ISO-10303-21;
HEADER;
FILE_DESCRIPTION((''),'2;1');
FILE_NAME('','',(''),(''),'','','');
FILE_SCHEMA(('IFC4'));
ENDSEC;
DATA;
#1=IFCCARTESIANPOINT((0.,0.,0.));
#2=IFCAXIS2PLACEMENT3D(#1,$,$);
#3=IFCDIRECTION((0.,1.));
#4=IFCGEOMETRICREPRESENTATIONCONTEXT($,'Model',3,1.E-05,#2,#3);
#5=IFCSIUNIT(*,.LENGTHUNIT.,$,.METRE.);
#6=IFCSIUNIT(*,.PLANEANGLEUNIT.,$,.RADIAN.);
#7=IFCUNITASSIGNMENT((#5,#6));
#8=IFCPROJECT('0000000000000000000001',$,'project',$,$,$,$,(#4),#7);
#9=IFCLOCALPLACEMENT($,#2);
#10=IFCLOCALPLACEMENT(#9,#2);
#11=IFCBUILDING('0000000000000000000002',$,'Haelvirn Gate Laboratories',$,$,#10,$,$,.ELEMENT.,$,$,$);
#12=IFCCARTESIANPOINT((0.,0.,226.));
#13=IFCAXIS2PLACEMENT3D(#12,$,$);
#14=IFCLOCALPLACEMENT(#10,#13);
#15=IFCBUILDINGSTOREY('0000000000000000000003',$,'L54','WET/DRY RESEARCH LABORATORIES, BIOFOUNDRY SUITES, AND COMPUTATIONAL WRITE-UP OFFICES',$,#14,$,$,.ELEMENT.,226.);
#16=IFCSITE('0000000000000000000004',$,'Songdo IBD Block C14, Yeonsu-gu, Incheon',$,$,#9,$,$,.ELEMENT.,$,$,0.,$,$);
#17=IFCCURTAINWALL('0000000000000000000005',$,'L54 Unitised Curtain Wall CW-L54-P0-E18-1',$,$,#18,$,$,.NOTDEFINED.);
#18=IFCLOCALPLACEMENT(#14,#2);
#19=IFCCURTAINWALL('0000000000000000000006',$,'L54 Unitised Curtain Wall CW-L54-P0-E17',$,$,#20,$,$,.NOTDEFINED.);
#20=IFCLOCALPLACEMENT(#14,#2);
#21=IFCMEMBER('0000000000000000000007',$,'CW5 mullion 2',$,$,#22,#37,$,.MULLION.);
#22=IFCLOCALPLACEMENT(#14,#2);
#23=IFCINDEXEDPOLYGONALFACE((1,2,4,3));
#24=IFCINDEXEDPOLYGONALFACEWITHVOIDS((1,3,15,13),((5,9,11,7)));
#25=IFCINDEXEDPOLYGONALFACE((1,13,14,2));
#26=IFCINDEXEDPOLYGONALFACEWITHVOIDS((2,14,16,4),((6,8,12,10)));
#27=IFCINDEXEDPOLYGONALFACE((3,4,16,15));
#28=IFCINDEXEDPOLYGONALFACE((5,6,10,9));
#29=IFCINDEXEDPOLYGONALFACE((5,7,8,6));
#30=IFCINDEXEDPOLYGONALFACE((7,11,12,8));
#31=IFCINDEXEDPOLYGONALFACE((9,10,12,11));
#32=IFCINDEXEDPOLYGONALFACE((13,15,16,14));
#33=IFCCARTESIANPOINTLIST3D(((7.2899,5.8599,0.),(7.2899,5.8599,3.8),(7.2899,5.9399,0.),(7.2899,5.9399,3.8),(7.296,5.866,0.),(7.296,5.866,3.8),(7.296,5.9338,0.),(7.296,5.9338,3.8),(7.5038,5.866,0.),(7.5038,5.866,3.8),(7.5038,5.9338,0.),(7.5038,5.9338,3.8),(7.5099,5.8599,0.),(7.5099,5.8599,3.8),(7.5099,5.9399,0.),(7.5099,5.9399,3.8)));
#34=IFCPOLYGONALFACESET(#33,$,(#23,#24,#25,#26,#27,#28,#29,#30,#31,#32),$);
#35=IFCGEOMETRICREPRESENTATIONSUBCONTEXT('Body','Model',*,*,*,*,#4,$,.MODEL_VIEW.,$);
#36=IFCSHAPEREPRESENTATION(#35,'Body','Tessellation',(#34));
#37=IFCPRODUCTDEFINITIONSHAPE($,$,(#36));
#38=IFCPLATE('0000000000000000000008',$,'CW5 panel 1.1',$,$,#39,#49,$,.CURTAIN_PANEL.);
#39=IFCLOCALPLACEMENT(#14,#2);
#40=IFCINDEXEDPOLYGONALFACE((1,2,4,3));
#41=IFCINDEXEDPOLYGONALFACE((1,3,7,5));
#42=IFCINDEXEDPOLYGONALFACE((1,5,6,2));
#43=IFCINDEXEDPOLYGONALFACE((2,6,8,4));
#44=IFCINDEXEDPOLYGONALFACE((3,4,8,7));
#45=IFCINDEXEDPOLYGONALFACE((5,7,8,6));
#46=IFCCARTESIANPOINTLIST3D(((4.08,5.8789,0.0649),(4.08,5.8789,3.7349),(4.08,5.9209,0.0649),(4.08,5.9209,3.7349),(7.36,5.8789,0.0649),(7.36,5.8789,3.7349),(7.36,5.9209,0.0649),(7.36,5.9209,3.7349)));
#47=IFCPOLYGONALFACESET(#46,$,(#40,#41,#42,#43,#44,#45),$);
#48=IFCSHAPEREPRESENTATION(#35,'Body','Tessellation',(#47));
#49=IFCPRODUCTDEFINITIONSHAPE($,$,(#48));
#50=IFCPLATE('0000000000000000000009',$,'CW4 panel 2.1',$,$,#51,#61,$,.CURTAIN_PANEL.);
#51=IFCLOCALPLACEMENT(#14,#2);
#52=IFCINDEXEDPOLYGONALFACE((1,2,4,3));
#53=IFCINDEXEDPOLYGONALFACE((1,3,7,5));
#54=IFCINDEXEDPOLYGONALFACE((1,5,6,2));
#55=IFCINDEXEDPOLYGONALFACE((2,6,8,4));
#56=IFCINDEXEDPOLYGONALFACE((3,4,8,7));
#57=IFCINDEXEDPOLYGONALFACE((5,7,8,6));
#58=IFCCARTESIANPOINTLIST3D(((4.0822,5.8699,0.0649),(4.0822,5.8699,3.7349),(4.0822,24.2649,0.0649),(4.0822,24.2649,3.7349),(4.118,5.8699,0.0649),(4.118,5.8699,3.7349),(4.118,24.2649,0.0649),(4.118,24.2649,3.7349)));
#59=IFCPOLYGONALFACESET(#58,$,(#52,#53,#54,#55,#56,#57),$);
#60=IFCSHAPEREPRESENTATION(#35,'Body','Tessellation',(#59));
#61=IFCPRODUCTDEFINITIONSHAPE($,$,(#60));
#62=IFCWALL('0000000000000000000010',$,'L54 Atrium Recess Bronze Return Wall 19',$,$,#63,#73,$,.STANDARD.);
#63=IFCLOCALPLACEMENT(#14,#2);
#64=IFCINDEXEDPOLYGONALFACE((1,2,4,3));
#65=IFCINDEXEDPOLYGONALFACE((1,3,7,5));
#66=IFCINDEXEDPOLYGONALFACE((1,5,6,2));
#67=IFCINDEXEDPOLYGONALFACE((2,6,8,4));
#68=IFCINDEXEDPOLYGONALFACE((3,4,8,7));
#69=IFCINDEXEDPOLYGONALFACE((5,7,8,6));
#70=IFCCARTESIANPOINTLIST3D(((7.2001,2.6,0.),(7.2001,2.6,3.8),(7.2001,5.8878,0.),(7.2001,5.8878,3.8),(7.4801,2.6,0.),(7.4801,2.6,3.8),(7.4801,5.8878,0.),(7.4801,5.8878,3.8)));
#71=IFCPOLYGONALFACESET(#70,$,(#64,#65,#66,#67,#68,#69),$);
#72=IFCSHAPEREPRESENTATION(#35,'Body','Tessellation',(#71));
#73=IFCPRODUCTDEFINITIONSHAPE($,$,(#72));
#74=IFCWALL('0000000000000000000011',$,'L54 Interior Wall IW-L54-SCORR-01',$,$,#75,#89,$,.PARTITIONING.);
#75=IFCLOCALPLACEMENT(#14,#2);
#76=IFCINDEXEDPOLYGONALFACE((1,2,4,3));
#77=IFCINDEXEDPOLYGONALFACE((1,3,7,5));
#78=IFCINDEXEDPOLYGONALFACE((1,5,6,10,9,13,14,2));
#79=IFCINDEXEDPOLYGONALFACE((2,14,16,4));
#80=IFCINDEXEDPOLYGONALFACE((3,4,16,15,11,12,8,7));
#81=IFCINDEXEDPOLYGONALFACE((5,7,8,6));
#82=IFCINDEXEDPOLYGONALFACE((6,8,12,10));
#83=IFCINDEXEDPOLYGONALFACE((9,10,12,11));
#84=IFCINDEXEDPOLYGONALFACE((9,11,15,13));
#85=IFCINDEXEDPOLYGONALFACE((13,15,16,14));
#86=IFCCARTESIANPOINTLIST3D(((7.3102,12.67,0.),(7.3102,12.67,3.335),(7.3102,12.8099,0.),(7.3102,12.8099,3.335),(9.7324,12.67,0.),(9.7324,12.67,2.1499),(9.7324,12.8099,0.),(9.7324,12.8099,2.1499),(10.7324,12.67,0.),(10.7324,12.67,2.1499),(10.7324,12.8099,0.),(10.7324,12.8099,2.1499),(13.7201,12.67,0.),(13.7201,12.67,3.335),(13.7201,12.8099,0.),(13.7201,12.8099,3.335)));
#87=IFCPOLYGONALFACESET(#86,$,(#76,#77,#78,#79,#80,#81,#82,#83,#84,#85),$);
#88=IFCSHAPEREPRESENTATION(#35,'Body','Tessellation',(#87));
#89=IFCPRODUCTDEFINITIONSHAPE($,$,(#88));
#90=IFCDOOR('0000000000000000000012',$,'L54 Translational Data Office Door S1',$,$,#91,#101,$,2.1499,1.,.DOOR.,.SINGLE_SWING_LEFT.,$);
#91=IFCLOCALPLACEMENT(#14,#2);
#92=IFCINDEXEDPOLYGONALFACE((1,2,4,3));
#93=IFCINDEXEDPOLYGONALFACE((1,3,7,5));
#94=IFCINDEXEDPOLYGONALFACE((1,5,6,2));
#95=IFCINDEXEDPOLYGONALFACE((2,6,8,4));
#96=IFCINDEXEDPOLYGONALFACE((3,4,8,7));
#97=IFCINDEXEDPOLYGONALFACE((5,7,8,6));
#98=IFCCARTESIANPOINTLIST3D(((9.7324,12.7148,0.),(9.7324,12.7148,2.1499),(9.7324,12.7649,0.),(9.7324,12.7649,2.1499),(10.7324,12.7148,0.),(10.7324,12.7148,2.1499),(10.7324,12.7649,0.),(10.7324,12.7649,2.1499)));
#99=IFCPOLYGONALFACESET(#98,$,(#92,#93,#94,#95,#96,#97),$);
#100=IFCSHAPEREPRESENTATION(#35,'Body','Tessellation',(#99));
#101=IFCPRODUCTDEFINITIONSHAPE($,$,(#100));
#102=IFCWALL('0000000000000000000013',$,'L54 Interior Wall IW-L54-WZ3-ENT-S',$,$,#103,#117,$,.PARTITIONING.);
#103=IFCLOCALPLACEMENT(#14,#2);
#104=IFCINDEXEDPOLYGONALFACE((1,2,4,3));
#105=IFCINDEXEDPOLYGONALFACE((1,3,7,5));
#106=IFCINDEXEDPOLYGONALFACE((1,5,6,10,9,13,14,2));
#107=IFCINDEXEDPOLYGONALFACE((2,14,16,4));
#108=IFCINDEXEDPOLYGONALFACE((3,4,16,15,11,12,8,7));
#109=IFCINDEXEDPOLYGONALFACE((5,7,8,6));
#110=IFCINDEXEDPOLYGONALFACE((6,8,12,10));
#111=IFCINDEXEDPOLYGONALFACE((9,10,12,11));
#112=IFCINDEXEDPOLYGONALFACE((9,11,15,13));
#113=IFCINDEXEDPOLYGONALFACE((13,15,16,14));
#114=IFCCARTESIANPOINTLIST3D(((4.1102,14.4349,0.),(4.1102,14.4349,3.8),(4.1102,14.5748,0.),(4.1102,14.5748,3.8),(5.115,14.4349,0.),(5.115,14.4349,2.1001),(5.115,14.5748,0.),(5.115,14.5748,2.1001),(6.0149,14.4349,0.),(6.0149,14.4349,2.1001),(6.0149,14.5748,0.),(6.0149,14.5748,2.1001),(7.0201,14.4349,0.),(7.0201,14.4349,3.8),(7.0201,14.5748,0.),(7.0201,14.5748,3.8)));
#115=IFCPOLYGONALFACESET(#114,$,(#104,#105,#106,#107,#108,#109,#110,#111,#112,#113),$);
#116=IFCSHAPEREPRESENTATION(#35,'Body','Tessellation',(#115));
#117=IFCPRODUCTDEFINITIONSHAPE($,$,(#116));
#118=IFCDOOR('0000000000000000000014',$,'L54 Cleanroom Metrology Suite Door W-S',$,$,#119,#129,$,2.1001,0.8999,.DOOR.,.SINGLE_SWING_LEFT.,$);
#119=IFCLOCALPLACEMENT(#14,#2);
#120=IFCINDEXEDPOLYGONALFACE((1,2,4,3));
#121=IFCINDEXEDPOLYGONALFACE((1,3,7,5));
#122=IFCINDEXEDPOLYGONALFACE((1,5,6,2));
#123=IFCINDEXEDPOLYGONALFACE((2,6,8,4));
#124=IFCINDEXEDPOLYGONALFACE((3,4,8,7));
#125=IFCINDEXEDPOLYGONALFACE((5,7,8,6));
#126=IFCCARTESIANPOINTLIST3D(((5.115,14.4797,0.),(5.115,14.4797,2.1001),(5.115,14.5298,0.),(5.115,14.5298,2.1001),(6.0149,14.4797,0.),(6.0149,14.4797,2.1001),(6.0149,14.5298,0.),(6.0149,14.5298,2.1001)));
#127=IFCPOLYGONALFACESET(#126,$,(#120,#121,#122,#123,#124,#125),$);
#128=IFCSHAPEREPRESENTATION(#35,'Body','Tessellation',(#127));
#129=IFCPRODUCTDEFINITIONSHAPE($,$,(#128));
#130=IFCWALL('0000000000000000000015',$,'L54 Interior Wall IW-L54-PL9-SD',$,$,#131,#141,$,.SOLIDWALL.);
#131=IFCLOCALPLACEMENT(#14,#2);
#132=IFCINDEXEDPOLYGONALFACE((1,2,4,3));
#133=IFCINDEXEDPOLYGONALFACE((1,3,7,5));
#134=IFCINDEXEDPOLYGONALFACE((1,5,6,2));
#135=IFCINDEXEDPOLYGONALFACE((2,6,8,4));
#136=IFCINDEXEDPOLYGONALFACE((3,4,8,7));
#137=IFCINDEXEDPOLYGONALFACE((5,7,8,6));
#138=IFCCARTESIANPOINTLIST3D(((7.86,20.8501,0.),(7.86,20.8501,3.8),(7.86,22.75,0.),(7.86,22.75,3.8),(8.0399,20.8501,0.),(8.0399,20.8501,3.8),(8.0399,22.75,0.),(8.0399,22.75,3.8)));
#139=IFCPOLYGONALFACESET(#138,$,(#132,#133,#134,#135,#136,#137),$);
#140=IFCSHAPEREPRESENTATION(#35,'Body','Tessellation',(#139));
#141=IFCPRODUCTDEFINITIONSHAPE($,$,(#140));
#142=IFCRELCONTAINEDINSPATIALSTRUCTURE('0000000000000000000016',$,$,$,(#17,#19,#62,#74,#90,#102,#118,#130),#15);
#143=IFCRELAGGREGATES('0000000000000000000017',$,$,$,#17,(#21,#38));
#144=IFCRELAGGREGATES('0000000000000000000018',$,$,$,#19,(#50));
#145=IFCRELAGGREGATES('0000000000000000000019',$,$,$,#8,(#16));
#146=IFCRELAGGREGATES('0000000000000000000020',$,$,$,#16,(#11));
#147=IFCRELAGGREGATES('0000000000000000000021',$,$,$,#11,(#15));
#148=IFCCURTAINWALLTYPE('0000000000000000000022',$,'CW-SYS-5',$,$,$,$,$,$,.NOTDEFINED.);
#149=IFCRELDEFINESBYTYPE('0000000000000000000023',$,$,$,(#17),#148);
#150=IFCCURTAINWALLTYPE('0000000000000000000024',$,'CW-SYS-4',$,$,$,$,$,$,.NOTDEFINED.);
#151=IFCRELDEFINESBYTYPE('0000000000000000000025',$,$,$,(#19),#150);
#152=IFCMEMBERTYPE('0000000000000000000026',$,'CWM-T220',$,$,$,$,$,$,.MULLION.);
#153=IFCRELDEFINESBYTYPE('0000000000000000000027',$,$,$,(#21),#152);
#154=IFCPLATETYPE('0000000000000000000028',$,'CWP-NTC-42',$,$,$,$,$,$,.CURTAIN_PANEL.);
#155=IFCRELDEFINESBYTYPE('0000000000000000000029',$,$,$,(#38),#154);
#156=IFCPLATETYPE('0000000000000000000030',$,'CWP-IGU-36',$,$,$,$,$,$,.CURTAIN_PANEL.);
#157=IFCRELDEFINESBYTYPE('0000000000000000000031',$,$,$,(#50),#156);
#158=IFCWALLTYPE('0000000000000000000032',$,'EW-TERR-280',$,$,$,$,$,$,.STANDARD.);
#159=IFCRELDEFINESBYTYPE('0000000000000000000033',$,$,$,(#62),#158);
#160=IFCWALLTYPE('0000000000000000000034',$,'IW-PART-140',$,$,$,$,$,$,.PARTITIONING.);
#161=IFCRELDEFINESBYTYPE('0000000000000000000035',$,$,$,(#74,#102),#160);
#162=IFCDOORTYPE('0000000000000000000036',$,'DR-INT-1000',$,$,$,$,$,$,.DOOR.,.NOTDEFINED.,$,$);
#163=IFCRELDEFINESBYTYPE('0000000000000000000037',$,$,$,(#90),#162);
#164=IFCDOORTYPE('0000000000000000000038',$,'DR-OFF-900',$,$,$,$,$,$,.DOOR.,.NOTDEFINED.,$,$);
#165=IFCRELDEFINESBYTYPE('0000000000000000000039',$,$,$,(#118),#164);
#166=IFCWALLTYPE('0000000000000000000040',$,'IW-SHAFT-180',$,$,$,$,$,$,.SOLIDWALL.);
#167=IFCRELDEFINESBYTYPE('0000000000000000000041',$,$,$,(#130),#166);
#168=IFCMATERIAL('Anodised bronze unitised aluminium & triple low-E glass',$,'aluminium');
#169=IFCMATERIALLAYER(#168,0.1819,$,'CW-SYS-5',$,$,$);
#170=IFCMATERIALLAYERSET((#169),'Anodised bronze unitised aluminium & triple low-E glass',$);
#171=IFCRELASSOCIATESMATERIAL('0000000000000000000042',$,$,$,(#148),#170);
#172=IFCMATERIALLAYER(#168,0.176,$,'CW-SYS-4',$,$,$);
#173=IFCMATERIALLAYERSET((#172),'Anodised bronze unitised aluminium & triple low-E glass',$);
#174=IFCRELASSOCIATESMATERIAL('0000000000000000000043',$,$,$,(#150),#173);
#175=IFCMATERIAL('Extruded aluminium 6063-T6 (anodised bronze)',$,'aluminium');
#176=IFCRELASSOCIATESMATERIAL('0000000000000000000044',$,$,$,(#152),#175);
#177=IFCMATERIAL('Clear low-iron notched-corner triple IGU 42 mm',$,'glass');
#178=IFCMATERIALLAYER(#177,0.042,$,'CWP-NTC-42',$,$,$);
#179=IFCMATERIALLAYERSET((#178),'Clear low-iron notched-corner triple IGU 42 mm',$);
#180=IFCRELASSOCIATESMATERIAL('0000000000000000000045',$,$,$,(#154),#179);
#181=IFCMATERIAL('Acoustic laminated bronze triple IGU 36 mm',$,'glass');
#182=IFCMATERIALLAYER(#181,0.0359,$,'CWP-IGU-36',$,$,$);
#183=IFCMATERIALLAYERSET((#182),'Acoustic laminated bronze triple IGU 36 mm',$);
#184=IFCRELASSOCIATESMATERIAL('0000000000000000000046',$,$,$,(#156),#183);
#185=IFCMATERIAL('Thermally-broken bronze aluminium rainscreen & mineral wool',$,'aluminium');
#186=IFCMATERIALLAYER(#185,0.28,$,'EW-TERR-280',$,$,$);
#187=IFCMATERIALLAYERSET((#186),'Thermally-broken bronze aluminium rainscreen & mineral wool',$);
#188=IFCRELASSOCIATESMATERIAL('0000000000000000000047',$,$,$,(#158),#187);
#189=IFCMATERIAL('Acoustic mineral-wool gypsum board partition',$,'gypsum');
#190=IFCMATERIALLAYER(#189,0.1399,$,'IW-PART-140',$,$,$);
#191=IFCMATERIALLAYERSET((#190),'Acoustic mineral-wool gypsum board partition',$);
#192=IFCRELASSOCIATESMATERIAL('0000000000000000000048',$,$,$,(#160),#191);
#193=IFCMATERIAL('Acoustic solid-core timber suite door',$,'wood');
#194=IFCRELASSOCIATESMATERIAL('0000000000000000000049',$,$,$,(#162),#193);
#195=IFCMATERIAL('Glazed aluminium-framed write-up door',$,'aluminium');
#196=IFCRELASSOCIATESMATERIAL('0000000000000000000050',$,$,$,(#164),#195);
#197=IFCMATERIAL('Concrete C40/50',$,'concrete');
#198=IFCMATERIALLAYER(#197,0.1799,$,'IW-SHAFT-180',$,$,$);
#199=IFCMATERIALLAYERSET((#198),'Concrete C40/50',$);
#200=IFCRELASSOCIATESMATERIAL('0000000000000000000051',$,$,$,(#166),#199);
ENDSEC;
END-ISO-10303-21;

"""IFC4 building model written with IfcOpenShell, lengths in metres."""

from ifc_helpers import new_model, si_unit, direction, frame, frame_2d, origin, origin_2d, place, context, subcontext, project, spatial, rectangle, hollow_rectangle, extrude, source, transform, mapped, material, layer, layer_set, material_profile, profile_set, type_object, type_shapes, element, fill, aggregate, save


model = new_model("IFC4")

# Units and contexts
model_context = context("Model", 3, precision=1e-05, world=origin(), true_north=direction((0.0, 1.0)))
body_context = subcontext(model_context, "Body", "Model", "MODEL_VIEW")
ifc_project = project(units=[si_unit("LENGTHUNIT", "METRE"), si_unit("PLANEANGLEUNIT", "RADIAN")], contexts=[model_context])

# Site, building, storey
site_placement = place(None, origin())
site = spatial("IfcSite", under=ifc_project, at=site_placement, Name="Songdo IBD Block C14, Yeonsu-gu, Incheon", CompositionType="ELEMENT", RefElevation=0.0)
building_placement = place(site_placement, origin())
building = spatial("IfcBuilding", under=site, at=building_placement, Name="Haelvirn Gate Laboratories", CompositionType="ELEMENT")
storey_placement = place(building_placement, frame((0.0, 0.0, 226.0)))
storey = spatial("IfcBuildingStorey", under=building, at=storey_placement, Name="L54", Description="WET/DRY RESEARCH LABORATORIES, BIOFOUNDRY SUITES, AND COMPUTATIONAL WRITE-UP OFFICES", CompositionType="ELEMENT", Elevation=226.0)

# Curtain wall
ifc_material_1 = material(Name="Anodised bronze unitised aluminium & triple low-E glass", Category="aluminium")
ifc_layer_1 = layer(ifc_material_1, 0.1819, Name="CW-SYS-5")
ifc_layer_set_1 = layer_set([ifc_layer_1], Name="Anodised bronze unitised aluminium & triple low-E glass")
curtain_wall_type_1 = type_object("IfcCurtainWallType", Name="CW-SYS-5", PredefinedType="NOTDEFINED", material=ifc_layer_set_1)
curtain_wall_1_placement = place(storey_placement, origin())
curtain_wall_1 = element("IfcCurtainWall", 1, at=curtain_wall_1_placement, inside=storey, type_object=curtain_wall_type_1, Name="L54 Unitised Curtain Wall CW-L54-P0-E18-1", PredefinedType="NOTDEFINED")
ifc_material_2 = material(Name="Extruded aluminium 6063-T6 (anodised bronze)", Category="aluminium")

# Curtain wall
ifc_layer_2 = layer(ifc_material_1, 0.176, Name="CW-SYS-4")
ifc_layer_set_2 = layer_set([ifc_layer_2], Name="Anodised bronze unitised aluminium & triple low-E glass")
curtain_wall_type_2 = type_object("IfcCurtainWallType", Name="CW-SYS-4", PredefinedType="NOTDEFINED", material=ifc_layer_set_2)
curtain_wall_2_placement = place(storey_placement, origin())
curtain_wall_2 = element("IfcCurtainWall", 2, at=curtain_wall_2_placement, inside=storey, type_object=curtain_wall_type_2, Name="L54 Unitised Curtain Wall CW-L54-P0-E17", PredefinedType="NOTDEFINED")

# Member
ifc_material_profile_1 = material_profile(ifc_material_2, hollow_rectangle(XDim=0.0801, YDim=0.22, WallThickness=0.0061, at=origin_2d()), Name="CWM-220x80x6")
ifc_profile_set_1 = profile_set([ifc_material_profile_1], Name="Extruded aluminium 6063-T6 (anodised bronze)")
member_type_1 = type_object("IfcMemberType", Name="CWM-T220", PredefinedType="MULLION", material=ifc_profile_set_1)
shared_shape_1 = source(origin(), body_context, "Body", "SweptSolid", [
    extrude(hollow_rectangle(XDim=0.0801, YDim=0.22, WallThickness=0.0061, at=origin_2d()), origin(), (0.0, 0.0, 1.0), 3.8),
])
type_shapes(member_type_1, [shared_shape_1])
member_1_placement = place(storey_placement, frame((7.3999, 5.8999, 0.0), z_axis=(0.0, 0.0, 1.0), x_axis=(0.0, 1.0, 0.0)))
member_1 = element("IfcMember", 3, at=member_1_placement, type_object=member_type_1, Name="CW5 mullion 2", PredefinedType="MULLION", context=body_context, shape_type="MappedRepresentation", body=[
    mapped(shared_shape_1, transform((0.0, 0.0, 0.0), scale=1.0)),
])

# Plates
ifc_material_3 = material(Name="Clear low-iron notched-corner triple IGU 42 mm", Category="glass")
ifc_layer_3 = layer(ifc_material_3, 0.042, Name="CWP-NTC-42")
ifc_layer_set_3 = layer_set([ifc_layer_3], Name="Clear low-iron notched-corner triple IGU 42 mm")
plate_type_1 = type_object("IfcPlateType", Name="CWP-NTC-42", PredefinedType="CURTAIN_PANEL", material=ifc_layer_set_3)
shared_shape_2 = source(origin(), body_context, "Body", "SweptSolid", [
    extrude(rectangle(XDim=3.28, YDim=0.042, at=origin_2d()), origin(), (0.0, 0.0, 1.0), 3.6699),
])
type_shapes(plate_type_1, [shared_shape_2])
plate_1_placement = place(storey_placement, frame((5.72, 5.8999, 0.0649), z_axis=(0.0, 0.0, 1.0), x_axis=(1.0, 0.0, 0.0)))
plate_1 = element("IfcPlate", 4, at=plate_1_placement, type_object=plate_type_1, Name="CW5 panel 1.1", PredefinedType="CURTAIN_PANEL", context=body_context, shape_type="MappedRepresentation", body=[
    mapped(shared_shape_2, transform((0.0, 0.0, 0.0), scale=1.0)),
])
aggregate(curtain_wall_1, [member_1, plate_1])
ifc_material_4 = material(Name="Acoustic laminated bronze triple IGU 36 mm", Category="glass")
ifc_layer_4 = layer(ifc_material_4, 0.0359, Name="CWP-IGU-36")
ifc_layer_set_4 = layer_set([ifc_layer_4], Name="Acoustic laminated bronze triple IGU 36 mm")
plate_type_2 = type_object("IfcPlateType", Name="CWP-IGU-36", PredefinedType="CURTAIN_PANEL", material=ifc_layer_set_4)
shared_shape_3 = source(origin(), body_context, "Body", "SweptSolid", [
    extrude(rectangle(XDim=18.395, YDim=0.0359, at=origin_2d()), origin(), (0.0, 0.0, 1.0), 3.6699),
])
type_shapes(plate_type_2, [shared_shape_3])
plate_2_placement = place(storey_placement, frame((4.1001, 15.0674, 0.0649), z_axis=(0.0, 0.0, 1.0), x_axis=(0.0, -1.0, 0.0)))
plate_2 = element("IfcPlate", 5, at=plate_2_placement, type_object=plate_type_2, Name="CW4 panel 2.1", PredefinedType="CURTAIN_PANEL", context=body_context, shape_type="MappedRepresentation", body=[
    mapped(shared_shape_3, transform((0.0, 0.0, 0.0), scale=1.0)),
])
aggregate(curtain_wall_2, [plate_2])

# Wall
ifc_material_5 = material(Name="Thermally-broken bronze aluminium rainscreen & mineral wool", Category="aluminium")
ifc_layer_5 = layer(ifc_material_5, 0.28, Name="EW-TERR-280")
ifc_layer_set_5 = layer_set([ifc_layer_5], Name="Thermally-broken bronze aluminium rainscreen & mineral wool")
wall_type_1 = type_object("IfcWallType", Name="EW-TERR-280", PredefinedType="STANDARD", material=ifc_layer_set_5)
wall_1_placement = place(storey_placement, frame((7.3401, 5.8879, 0.0), z_axis=(0.0, 0.0, 1.0), x_axis=(0.0, -1.0, 0.0)))
element("IfcWall", 6, at=wall_1_placement, inside=storey, type_object=wall_type_1, Name="L54 Atrium Recess Bronze Return Wall 19", PredefinedType="STANDARD", context=body_context, shape_type="SweptSolid", body=[
    extrude(rectangle(XDim=3.2878, YDim=0.28, at=frame_2d((1.644, 0.0))), origin(), (0.0, 0.0, 1.0), 3.8),
])

# Walls, openings, doors
ifc_material_6 = material(Name="Acoustic mineral-wool gypsum board partition", Category="gypsum")
ifc_layer_6 = layer(ifc_material_6, 0.1399, Name="IW-PART-140")
ifc_layer_set_6 = layer_set([ifc_layer_6], Name="Acoustic mineral-wool gypsum board partition")
wall_type_2 = type_object("IfcWallType", Name="IW-PART-140", PredefinedType="PARTITIONING", material=ifc_layer_set_6)
wall_2_placement = place(storey_placement, frame((7.3101, 12.74, 0.0), z_axis=(0.0, 0.0, 1.0), x_axis=(1.0, 0.0, 0.0)))
wall_2 = element("IfcWall", 7, at=wall_2_placement, inside=storey, type_object=wall_type_2, Name="L54 Interior Wall IW-L54-SCORR-01", PredefinedType="PARTITIONING", context=body_context, shape_type="SweptSolid", body=[
    extrude(rectangle(XDim=6.4099, YDim=0.1399, at=frame_2d((3.2051, 0.0))), origin(), (0.0, 0.0, 1.0), 3.335),
])
opening_1_placement = place(wall_2_placement, frame((2.4224, 0.0, 0.0)))
opening_1 = element("IfcOpeningElement", 8, at=opening_1_placement, cuts=wall_2, PredefinedType="OPENING", context=body_context, shape_type="SweptSolid", body=[
    extrude(rectangle(XDim=1.0, YDim=2.1499, at=frame_2d((0.5, 1.075))), frame((0.0, 0.0801, 0.0), z_axis=(0.0, -1.0, 0.0), x_axis=(1.0, 0.0, 0.0)), (0.0, 0.0, 1.0), 0.1599),
])
ifc_material_7 = material(Name="Acoustic solid-core timber suite door", Category="wood")
door_type_1 = type_object("IfcDoorType", Name="DR-INT-1000", OperationType="NOTDEFINED", PredefinedType="DOOR", material=ifc_material_7)
shared_shape_4 = source(origin(), body_context, "Body", "SweptSolid", [
    extrude(rectangle(XDim=1.0, YDim=2.1499, at=frame_2d((0.5, 1.075))), frame((0.0, 0.0249, 0.0), z_axis=(0.0, -1.0, 0.0), x_axis=(1.0, 0.0, 0.0)), (0.0, 0.0, 1.0), 0.05),
])
type_shapes(door_type_1, [shared_shape_4])
door_1_placement = place(opening_1_placement, origin())
door_1 = element("IfcDoor", 9, at=door_1_placement, inside=storey, type_object=door_type_1, Name="L54 Translational Data Office Door S1", OperationType="SINGLE_SWING_LEFT", OverallHeight=2.1499, OverallWidth=1.0, PredefinedType="DOOR", context=body_context, shape_type="MappedRepresentation", body=[
    mapped(shared_shape_4, transform((0.0, 0.0, 0.0), scale=1.0)),
])
fill(opening_1, door_1)
wall_3_placement = place(storey_placement, frame((4.1101, 14.5049, 0.0), z_axis=(0.0, 0.0, 1.0), x_axis=(1.0, 0.0, 0.0)))
wall_3 = element("IfcWall", 10, at=wall_3_placement, inside=storey, type_object=wall_type_2, Name="L54 Interior Wall IW-L54-WZ3-ENT-S", PredefinedType="PARTITIONING", context=body_context, shape_type="SweptSolid", body=[
    extrude(rectangle(XDim=2.9099, YDim=0.1399, at=frame_2d((1.4551, 0.0))), origin(), (0.0, 0.0, 1.0), 3.8),
])
opening_2_placement = place(wall_3_placement, frame((1.0049, 0.0, 0.0)))
opening_2 = element("IfcOpeningElement", 11, at=opening_2_placement, cuts=wall_3, PredefinedType="OPENING", context=body_context, shape_type="SweptSolid", body=[
    extrude(rectangle(XDim=0.8999, YDim=2.1001, at=frame_2d((0.45, 1.05))), frame((0.0, 0.0801, 0.0), z_axis=(0.0, -1.0, 0.0), x_axis=(1.0, 0.0, 0.0)), (0.0, 0.0, 1.0), 0.1599),
])
ifc_material_8 = material(Name="Glazed aluminium-framed write-up door", Category="aluminium")
door_type_2 = type_object("IfcDoorType", Name="DR-OFF-900", OperationType="NOTDEFINED", PredefinedType="DOOR", material=ifc_material_8)
shared_shape_5 = source(origin(), body_context, "Body", "SweptSolid", [
    extrude(rectangle(XDim=0.8999, YDim=2.1001, at=frame_2d((0.45, 1.05))), frame((0.0, 0.0249, 0.0), z_axis=(0.0, -1.0, 0.0), x_axis=(1.0, 0.0, 0.0)), (0.0, 0.0, 1.0), 0.05),
])
type_shapes(door_type_2, [shared_shape_5])
door_2_placement = place(opening_2_placement, origin())
door_2 = element("IfcDoor", 12, at=door_2_placement, inside=storey, type_object=door_type_2, Name="L54 Cleanroom Metrology Suite Door W-S", OperationType="SINGLE_SWING_LEFT", OverallHeight=2.1001, OverallWidth=0.8999, PredefinedType="DOOR", context=body_context, shape_type="MappedRepresentation", body=[
    mapped(shared_shape_5, transform((0.0, 0.0, 0.0), scale=1.0)),
])
fill(opening_2, door_2)

# Wall
ifc_material_9 = material(Name="Concrete C40/50", Category="concrete")
ifc_layer_7 = layer(ifc_material_9, 0.1799, Name="IW-SHAFT-180")
ifc_layer_set_7 = layer_set([ifc_layer_7], Name="Concrete C40/50")
wall_type_3 = type_object("IfcWallType", Name="IW-SHAFT-180", PredefinedType="SOLIDWALL", material=ifc_layer_set_7)
wall_4_placement = place(storey_placement, frame((7.95, 20.8501, 0.0), z_axis=(0.0, 0.0, 1.0), x_axis=(0.0, 1.0, 0.0)))
element("IfcWall", 13, at=wall_4_placement, inside=storey, type_object=wall_type_3, Name="L54 Interior Wall IW-L54-PL9-SD", PredefinedType="SOLIDWALL", context=body_context, shape_type="SweptSolid", body=[
    extrude(rectangle(XDim=1.8999, YDim=0.1799, at=frame_2d((0.95, 0.0))), origin(), (0.0, 0.0, 1.0), 3.8),
])

save(model, "model.ifc")
